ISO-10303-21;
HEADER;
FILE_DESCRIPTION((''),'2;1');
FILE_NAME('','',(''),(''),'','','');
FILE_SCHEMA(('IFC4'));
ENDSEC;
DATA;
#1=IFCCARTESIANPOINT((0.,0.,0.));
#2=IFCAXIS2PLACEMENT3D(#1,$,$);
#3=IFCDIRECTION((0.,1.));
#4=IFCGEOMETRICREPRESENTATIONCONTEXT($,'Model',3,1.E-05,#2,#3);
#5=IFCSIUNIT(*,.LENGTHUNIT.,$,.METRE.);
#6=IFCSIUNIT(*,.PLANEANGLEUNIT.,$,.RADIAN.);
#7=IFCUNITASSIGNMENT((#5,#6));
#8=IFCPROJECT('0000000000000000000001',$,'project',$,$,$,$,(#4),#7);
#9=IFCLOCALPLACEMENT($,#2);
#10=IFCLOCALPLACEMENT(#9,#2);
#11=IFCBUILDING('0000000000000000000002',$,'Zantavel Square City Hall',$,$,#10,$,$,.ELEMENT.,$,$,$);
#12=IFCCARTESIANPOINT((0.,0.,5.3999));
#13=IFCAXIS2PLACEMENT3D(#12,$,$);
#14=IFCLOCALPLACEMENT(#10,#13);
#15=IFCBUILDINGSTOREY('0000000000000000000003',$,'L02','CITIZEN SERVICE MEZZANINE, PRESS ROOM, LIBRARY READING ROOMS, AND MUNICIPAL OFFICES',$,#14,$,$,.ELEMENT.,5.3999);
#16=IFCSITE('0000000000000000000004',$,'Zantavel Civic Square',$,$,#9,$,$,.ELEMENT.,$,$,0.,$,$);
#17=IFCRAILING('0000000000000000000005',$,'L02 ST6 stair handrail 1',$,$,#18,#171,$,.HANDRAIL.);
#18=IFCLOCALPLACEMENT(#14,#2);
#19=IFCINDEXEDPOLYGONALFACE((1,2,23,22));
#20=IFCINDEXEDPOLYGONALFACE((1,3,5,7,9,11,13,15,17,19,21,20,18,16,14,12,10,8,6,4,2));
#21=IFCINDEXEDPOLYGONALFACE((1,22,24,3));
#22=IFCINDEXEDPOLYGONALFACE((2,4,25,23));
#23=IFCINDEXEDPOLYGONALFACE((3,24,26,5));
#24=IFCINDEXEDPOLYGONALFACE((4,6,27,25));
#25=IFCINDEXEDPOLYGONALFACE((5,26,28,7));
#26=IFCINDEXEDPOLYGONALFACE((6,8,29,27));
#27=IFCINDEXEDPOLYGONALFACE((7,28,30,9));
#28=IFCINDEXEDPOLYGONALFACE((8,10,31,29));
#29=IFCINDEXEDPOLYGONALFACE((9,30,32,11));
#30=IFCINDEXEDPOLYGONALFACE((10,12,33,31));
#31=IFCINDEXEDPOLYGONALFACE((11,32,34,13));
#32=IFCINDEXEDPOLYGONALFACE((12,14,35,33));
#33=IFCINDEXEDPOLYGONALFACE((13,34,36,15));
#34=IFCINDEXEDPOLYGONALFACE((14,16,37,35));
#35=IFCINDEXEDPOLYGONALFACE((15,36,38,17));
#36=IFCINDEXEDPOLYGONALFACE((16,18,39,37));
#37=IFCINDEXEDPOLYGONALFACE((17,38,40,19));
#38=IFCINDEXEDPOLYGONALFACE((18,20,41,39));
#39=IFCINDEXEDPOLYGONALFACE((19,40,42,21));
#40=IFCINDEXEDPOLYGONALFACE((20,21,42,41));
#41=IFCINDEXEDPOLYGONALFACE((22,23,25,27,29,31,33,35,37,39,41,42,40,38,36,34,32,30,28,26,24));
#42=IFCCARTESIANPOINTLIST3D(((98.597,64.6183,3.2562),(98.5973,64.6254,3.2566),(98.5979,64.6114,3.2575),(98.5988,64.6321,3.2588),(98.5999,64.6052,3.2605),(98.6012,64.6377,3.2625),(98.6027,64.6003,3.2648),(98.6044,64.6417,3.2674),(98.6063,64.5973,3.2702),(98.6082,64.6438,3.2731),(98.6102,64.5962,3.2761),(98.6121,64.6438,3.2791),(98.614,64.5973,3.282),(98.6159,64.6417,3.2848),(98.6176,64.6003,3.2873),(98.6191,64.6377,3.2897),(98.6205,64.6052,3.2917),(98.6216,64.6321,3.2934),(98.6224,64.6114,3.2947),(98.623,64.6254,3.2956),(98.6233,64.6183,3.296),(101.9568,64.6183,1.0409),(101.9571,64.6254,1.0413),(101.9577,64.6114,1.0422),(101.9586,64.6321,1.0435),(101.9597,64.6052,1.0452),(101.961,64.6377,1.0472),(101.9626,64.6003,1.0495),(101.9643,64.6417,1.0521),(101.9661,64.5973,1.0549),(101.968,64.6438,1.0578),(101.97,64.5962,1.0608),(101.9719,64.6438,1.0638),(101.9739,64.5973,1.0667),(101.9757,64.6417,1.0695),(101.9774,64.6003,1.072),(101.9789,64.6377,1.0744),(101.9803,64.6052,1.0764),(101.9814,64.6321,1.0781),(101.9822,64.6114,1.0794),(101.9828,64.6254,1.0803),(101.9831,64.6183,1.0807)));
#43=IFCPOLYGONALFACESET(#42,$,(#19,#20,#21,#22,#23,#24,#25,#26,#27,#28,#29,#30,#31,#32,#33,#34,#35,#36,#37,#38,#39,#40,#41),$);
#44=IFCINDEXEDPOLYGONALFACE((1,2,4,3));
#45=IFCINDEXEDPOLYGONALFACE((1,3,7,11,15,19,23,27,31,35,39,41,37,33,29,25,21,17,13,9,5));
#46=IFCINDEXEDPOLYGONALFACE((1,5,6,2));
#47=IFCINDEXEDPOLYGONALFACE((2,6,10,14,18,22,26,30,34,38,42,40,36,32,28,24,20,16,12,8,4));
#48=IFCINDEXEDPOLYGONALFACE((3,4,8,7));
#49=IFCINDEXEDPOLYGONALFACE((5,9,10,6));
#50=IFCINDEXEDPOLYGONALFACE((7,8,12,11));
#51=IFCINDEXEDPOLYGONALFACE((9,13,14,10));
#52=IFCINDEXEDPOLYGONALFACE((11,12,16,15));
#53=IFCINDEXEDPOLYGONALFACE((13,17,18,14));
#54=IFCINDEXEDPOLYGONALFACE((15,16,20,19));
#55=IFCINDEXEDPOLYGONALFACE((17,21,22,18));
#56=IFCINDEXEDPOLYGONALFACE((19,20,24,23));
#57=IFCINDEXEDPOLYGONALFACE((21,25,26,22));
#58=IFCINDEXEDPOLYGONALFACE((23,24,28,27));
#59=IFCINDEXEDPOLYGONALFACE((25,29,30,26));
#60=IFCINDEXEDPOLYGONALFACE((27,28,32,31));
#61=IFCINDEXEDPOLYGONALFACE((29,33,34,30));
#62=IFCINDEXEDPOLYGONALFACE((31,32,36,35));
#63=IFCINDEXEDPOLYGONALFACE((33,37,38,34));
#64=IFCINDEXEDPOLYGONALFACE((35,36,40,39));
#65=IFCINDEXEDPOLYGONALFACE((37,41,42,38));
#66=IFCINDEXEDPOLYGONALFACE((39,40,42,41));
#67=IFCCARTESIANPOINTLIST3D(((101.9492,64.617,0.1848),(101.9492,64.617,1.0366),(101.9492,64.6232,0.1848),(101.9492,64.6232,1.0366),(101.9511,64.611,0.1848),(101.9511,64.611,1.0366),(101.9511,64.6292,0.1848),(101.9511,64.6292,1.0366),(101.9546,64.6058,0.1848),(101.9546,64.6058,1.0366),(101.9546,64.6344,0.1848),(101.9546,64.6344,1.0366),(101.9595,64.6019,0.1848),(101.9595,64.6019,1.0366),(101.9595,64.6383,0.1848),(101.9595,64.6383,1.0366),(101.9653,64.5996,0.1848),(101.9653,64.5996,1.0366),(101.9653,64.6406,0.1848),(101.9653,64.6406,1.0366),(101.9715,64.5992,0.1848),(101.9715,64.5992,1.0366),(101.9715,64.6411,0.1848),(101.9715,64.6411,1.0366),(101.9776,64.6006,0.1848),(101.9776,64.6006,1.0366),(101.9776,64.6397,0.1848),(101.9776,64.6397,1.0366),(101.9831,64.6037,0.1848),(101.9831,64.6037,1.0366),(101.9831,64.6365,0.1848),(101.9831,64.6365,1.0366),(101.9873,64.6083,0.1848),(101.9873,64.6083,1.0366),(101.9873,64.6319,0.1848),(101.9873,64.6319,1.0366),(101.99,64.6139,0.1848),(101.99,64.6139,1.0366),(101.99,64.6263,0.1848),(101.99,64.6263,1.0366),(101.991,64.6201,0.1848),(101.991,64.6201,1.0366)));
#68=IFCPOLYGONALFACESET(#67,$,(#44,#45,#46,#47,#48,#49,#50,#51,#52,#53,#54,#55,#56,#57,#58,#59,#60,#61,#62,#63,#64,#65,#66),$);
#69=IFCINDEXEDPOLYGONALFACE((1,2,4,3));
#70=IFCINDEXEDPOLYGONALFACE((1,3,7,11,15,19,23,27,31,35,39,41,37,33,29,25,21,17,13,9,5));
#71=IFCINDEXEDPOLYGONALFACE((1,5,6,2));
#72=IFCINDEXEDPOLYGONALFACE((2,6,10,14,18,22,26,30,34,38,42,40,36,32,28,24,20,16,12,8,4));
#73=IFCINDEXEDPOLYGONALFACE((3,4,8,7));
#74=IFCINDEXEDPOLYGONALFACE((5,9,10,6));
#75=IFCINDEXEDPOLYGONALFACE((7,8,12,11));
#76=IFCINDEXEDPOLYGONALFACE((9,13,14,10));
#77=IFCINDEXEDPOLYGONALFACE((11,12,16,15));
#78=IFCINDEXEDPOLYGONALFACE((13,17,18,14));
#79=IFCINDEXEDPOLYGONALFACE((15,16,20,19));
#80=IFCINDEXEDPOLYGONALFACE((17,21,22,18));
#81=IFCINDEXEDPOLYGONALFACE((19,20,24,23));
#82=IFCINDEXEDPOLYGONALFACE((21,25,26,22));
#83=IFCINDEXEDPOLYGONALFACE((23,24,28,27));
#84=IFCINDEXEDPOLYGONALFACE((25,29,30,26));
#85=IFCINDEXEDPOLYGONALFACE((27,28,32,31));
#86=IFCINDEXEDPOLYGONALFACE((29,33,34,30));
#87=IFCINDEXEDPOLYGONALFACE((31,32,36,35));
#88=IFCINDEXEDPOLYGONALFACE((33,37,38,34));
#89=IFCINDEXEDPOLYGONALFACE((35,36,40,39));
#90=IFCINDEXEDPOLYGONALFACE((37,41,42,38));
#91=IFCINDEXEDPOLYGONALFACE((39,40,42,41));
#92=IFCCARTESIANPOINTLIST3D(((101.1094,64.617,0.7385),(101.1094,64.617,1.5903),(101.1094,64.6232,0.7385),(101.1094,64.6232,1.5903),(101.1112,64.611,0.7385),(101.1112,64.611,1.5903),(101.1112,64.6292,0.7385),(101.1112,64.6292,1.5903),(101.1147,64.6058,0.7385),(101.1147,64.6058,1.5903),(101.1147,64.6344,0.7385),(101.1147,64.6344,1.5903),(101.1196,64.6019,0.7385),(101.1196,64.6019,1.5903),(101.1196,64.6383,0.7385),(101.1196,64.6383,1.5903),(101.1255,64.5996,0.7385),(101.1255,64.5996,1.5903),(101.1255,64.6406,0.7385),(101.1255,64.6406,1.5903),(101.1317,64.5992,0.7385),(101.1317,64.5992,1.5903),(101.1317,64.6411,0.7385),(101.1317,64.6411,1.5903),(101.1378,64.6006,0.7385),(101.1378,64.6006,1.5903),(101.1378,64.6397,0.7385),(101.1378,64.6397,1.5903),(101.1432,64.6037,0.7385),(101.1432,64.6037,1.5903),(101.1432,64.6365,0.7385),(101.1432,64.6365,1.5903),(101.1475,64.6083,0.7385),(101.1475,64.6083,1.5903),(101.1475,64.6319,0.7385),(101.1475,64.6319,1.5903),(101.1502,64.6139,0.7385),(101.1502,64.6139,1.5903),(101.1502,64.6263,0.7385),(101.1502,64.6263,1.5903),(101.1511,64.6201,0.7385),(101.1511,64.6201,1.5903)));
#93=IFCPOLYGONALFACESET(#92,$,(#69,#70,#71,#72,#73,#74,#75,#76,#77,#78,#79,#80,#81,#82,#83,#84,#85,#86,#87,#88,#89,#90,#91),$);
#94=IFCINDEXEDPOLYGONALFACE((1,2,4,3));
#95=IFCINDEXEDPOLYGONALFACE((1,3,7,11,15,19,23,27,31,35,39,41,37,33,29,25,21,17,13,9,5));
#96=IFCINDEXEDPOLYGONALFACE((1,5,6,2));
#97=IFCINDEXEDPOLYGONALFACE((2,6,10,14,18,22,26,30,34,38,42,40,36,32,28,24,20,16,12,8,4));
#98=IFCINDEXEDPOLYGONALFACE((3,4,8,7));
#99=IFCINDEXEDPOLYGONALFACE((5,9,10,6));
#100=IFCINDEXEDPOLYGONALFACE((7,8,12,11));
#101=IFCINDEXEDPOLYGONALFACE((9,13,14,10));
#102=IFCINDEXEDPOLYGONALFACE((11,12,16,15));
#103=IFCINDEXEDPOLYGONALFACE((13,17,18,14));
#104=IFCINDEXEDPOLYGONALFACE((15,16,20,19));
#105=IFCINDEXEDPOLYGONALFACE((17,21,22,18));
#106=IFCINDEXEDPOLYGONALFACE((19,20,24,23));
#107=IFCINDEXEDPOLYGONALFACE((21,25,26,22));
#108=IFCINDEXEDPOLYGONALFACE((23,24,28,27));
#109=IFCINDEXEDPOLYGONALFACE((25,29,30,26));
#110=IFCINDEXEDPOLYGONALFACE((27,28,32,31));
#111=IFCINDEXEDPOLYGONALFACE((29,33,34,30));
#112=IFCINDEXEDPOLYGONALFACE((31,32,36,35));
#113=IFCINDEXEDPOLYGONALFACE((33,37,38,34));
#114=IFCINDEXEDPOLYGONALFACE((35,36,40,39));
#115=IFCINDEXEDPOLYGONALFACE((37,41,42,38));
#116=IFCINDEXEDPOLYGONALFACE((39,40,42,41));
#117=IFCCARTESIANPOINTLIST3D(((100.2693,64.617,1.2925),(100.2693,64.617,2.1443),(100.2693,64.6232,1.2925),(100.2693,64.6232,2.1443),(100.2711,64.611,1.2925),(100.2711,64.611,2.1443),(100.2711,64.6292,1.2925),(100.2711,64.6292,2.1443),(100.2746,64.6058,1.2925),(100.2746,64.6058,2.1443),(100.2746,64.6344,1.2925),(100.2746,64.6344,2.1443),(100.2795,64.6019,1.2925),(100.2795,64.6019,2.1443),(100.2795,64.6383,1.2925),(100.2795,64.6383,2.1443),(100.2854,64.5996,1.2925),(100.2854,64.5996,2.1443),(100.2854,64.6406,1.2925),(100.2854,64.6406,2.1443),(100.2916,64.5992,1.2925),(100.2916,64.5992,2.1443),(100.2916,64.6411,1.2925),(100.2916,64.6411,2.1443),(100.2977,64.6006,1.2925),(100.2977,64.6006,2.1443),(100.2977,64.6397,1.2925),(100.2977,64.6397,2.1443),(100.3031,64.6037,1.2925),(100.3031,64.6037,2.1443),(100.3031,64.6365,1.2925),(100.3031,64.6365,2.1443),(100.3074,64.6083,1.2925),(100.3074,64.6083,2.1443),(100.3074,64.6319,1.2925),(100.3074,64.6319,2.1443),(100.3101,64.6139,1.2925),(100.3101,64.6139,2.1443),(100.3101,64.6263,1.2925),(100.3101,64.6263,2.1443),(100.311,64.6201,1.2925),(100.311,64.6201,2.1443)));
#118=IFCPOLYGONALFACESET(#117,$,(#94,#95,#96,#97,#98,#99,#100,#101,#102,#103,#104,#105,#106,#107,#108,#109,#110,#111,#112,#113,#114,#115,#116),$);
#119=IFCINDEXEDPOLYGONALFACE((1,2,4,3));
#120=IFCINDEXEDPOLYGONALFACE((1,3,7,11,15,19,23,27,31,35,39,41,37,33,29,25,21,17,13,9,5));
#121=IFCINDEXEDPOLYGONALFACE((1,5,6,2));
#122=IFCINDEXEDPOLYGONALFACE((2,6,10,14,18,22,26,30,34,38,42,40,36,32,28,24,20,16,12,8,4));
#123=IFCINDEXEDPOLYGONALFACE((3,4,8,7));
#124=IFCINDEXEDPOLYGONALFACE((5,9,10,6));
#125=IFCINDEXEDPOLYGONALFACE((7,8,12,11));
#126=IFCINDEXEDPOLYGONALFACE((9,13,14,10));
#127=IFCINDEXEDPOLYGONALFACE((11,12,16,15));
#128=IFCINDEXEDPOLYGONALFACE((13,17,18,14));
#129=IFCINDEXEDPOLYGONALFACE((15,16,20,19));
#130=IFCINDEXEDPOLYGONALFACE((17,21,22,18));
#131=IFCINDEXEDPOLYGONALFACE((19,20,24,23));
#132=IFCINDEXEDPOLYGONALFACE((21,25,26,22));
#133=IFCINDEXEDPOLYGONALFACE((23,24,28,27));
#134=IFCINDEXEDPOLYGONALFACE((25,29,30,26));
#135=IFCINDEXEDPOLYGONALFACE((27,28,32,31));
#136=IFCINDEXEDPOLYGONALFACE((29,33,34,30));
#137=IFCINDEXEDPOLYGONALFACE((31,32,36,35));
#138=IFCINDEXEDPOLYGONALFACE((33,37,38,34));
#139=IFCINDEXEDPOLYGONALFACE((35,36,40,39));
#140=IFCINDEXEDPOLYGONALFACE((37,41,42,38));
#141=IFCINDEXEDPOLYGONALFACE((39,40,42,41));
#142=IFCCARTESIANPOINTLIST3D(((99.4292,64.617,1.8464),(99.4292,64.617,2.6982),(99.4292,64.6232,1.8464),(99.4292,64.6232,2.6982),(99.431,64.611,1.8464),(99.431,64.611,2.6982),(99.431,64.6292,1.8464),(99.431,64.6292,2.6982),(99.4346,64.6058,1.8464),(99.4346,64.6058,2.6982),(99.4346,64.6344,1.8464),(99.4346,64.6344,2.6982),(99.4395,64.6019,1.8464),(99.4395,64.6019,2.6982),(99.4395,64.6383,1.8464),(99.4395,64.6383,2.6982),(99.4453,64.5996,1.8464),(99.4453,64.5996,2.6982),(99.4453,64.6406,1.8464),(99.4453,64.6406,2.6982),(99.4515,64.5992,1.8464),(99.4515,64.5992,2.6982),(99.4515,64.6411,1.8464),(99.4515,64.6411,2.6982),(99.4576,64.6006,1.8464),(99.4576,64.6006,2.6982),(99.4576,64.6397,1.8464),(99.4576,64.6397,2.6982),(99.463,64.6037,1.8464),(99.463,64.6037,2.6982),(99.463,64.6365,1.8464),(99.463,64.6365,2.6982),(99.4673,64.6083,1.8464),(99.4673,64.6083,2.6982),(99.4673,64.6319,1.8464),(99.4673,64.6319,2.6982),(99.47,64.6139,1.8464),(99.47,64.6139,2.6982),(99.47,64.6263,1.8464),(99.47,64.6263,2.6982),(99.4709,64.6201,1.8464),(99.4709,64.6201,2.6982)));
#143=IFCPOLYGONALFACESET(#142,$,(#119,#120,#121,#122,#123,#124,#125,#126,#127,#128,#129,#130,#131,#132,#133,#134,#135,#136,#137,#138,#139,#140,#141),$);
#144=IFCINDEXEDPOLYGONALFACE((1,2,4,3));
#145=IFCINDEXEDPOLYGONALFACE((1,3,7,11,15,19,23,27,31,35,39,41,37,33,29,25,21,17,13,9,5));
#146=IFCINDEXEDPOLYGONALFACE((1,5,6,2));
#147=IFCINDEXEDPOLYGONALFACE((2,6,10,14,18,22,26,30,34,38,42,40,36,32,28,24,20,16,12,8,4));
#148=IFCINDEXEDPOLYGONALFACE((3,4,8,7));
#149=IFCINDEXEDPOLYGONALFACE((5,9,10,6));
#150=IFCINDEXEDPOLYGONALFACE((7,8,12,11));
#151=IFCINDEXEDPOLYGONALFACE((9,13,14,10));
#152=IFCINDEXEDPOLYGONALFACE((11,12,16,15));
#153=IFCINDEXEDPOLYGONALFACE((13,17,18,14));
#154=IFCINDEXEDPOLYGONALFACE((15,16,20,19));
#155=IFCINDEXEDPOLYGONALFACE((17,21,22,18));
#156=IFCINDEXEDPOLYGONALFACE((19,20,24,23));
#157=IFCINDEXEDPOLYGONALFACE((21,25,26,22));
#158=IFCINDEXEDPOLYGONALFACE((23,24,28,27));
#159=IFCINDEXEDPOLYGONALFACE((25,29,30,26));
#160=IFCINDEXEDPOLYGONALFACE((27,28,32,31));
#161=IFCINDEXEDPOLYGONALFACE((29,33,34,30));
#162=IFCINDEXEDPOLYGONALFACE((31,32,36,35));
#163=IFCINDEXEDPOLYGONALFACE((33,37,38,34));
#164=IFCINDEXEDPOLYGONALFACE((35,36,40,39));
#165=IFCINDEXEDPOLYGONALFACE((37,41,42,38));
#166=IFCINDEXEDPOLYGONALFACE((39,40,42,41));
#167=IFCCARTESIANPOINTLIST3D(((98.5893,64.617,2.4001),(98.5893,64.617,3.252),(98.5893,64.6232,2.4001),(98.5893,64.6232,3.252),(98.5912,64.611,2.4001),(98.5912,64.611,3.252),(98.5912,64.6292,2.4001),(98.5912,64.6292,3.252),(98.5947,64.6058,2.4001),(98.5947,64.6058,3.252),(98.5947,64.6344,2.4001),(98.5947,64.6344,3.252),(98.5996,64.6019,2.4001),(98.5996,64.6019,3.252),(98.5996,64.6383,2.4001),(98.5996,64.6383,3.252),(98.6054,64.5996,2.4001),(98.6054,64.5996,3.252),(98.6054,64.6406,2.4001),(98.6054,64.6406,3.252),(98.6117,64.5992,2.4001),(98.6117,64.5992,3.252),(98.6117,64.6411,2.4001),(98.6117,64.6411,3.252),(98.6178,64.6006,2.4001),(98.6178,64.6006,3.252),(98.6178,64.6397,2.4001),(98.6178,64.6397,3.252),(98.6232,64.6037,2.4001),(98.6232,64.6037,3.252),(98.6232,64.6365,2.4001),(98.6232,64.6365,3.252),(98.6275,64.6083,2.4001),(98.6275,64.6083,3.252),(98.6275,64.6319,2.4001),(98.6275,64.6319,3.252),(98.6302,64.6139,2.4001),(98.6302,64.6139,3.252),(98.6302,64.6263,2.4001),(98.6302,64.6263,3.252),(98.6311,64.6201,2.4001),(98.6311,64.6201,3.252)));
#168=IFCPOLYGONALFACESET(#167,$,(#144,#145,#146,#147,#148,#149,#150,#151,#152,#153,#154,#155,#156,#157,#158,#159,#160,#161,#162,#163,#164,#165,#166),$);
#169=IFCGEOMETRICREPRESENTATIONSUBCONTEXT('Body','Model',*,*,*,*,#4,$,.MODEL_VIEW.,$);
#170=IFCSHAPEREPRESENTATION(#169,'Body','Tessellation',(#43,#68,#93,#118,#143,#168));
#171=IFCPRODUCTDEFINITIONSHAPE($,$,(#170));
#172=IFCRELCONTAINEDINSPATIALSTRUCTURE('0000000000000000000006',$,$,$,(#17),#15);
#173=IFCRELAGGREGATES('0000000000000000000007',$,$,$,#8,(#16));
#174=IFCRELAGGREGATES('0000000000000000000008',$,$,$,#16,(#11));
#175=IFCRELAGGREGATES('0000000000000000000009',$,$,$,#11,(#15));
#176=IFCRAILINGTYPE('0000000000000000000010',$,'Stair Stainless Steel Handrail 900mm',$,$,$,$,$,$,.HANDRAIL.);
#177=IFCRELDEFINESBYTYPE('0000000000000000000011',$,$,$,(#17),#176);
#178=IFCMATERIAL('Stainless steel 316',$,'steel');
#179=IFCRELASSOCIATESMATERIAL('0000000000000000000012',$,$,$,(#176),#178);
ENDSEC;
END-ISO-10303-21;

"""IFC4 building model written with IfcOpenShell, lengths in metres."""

from ifc_helpers import new_model, si_unit, direction, frame, origin, origin_2d, place, context, subcontext, project, spatial, circle, extrude, material, type_object, element, save


model = new_model("IFC4")

# Units and contexts
model_context = context("Model", 3, precision=1e-05, world=origin(), true_north=direction((0.0, 1.0)))
body_context = subcontext(model_context, "Body", "Model", "MODEL_VIEW")
ifc_project = project(units=[si_unit("LENGTHUNIT", "METRE"), si_unit("PLANEANGLEUNIT", "RADIAN")], contexts=[model_context])

# Site, building, storey
site_placement = place(None, origin())
site = spatial("IfcSite", under=ifc_project, at=site_placement, Name="Zantavel Civic Square", CompositionType="ELEMENT", RefElevation=0.0)
building_placement = place(site_placement, origin())
building = spatial("IfcBuilding", under=site, at=building_placement, Name="Zantavel Square City Hall", CompositionType="ELEMENT")
storey_placement = place(building_placement, frame((0.0, 0.0, 5.3999)))
storey = spatial("IfcBuildingStorey", under=building, at=storey_placement, Name="L02", Description="CITIZEN SERVICE MEZZANINE, PRESS ROOM, LIBRARY READING ROOMS, AND MUNICIPAL OFFICES", CompositionType="ELEMENT", Elevation=5.3999)

# Railing
ifc_material_1 = material(Name="Stainless steel 316", Category="steel")
railing_type_1 = type_object("IfcRailingType", Name="Stair Stainless Steel Handrail 900mm", PredefinedType="HANDRAIL", material=ifc_material_1)
railing_1_placement = place(storey_placement, frame((101.97, 64.6201, 0.1848)))
element("IfcRailing", 1, at=railing_1_placement, inside=storey, type_object=railing_type_1, Name="L02 ST6 stair handrail 1", PredefinedType="HANDRAIL", context=body_context, shape_type="SweptSolid", body=[
    extrude(circle(Radius=0.0239, at=origin_2d()), frame((0.0, 0.0, 0.876), z_axis=(-0.834858, 0.0, 0.550465), x_axis=(0.0, -1.0, 0.0)), (0.0, 0.0, 1.0), 4.0244),
    extrude(circle(Radius=0.021, at=origin_2d()), origin(), (0.0, 0.0, 1.0), 0.8518),
    extrude(circle(Radius=0.021, at=origin_2d()), frame((-0.8398, 0.0, 0.5537)), (0.0, 0.0, 1.0), 0.8518),
    extrude(circle(Radius=0.021, at=origin_2d()), frame((-1.6799, 0.0, 1.1077)), (0.0, 0.0, 1.0), 0.8518),
    extrude(circle(Radius=0.021, at=origin_2d()), frame((-2.52, 0.0, 1.6616)), (0.0, 0.0, 1.0), 0.8518),
    extrude(circle(Radius=0.021, at=origin_2d()), frame((-3.3599, 0.0, 2.2153)), (0.0, 0.0, 1.0), 0.8518),
])

save(model, "model.ifc")
